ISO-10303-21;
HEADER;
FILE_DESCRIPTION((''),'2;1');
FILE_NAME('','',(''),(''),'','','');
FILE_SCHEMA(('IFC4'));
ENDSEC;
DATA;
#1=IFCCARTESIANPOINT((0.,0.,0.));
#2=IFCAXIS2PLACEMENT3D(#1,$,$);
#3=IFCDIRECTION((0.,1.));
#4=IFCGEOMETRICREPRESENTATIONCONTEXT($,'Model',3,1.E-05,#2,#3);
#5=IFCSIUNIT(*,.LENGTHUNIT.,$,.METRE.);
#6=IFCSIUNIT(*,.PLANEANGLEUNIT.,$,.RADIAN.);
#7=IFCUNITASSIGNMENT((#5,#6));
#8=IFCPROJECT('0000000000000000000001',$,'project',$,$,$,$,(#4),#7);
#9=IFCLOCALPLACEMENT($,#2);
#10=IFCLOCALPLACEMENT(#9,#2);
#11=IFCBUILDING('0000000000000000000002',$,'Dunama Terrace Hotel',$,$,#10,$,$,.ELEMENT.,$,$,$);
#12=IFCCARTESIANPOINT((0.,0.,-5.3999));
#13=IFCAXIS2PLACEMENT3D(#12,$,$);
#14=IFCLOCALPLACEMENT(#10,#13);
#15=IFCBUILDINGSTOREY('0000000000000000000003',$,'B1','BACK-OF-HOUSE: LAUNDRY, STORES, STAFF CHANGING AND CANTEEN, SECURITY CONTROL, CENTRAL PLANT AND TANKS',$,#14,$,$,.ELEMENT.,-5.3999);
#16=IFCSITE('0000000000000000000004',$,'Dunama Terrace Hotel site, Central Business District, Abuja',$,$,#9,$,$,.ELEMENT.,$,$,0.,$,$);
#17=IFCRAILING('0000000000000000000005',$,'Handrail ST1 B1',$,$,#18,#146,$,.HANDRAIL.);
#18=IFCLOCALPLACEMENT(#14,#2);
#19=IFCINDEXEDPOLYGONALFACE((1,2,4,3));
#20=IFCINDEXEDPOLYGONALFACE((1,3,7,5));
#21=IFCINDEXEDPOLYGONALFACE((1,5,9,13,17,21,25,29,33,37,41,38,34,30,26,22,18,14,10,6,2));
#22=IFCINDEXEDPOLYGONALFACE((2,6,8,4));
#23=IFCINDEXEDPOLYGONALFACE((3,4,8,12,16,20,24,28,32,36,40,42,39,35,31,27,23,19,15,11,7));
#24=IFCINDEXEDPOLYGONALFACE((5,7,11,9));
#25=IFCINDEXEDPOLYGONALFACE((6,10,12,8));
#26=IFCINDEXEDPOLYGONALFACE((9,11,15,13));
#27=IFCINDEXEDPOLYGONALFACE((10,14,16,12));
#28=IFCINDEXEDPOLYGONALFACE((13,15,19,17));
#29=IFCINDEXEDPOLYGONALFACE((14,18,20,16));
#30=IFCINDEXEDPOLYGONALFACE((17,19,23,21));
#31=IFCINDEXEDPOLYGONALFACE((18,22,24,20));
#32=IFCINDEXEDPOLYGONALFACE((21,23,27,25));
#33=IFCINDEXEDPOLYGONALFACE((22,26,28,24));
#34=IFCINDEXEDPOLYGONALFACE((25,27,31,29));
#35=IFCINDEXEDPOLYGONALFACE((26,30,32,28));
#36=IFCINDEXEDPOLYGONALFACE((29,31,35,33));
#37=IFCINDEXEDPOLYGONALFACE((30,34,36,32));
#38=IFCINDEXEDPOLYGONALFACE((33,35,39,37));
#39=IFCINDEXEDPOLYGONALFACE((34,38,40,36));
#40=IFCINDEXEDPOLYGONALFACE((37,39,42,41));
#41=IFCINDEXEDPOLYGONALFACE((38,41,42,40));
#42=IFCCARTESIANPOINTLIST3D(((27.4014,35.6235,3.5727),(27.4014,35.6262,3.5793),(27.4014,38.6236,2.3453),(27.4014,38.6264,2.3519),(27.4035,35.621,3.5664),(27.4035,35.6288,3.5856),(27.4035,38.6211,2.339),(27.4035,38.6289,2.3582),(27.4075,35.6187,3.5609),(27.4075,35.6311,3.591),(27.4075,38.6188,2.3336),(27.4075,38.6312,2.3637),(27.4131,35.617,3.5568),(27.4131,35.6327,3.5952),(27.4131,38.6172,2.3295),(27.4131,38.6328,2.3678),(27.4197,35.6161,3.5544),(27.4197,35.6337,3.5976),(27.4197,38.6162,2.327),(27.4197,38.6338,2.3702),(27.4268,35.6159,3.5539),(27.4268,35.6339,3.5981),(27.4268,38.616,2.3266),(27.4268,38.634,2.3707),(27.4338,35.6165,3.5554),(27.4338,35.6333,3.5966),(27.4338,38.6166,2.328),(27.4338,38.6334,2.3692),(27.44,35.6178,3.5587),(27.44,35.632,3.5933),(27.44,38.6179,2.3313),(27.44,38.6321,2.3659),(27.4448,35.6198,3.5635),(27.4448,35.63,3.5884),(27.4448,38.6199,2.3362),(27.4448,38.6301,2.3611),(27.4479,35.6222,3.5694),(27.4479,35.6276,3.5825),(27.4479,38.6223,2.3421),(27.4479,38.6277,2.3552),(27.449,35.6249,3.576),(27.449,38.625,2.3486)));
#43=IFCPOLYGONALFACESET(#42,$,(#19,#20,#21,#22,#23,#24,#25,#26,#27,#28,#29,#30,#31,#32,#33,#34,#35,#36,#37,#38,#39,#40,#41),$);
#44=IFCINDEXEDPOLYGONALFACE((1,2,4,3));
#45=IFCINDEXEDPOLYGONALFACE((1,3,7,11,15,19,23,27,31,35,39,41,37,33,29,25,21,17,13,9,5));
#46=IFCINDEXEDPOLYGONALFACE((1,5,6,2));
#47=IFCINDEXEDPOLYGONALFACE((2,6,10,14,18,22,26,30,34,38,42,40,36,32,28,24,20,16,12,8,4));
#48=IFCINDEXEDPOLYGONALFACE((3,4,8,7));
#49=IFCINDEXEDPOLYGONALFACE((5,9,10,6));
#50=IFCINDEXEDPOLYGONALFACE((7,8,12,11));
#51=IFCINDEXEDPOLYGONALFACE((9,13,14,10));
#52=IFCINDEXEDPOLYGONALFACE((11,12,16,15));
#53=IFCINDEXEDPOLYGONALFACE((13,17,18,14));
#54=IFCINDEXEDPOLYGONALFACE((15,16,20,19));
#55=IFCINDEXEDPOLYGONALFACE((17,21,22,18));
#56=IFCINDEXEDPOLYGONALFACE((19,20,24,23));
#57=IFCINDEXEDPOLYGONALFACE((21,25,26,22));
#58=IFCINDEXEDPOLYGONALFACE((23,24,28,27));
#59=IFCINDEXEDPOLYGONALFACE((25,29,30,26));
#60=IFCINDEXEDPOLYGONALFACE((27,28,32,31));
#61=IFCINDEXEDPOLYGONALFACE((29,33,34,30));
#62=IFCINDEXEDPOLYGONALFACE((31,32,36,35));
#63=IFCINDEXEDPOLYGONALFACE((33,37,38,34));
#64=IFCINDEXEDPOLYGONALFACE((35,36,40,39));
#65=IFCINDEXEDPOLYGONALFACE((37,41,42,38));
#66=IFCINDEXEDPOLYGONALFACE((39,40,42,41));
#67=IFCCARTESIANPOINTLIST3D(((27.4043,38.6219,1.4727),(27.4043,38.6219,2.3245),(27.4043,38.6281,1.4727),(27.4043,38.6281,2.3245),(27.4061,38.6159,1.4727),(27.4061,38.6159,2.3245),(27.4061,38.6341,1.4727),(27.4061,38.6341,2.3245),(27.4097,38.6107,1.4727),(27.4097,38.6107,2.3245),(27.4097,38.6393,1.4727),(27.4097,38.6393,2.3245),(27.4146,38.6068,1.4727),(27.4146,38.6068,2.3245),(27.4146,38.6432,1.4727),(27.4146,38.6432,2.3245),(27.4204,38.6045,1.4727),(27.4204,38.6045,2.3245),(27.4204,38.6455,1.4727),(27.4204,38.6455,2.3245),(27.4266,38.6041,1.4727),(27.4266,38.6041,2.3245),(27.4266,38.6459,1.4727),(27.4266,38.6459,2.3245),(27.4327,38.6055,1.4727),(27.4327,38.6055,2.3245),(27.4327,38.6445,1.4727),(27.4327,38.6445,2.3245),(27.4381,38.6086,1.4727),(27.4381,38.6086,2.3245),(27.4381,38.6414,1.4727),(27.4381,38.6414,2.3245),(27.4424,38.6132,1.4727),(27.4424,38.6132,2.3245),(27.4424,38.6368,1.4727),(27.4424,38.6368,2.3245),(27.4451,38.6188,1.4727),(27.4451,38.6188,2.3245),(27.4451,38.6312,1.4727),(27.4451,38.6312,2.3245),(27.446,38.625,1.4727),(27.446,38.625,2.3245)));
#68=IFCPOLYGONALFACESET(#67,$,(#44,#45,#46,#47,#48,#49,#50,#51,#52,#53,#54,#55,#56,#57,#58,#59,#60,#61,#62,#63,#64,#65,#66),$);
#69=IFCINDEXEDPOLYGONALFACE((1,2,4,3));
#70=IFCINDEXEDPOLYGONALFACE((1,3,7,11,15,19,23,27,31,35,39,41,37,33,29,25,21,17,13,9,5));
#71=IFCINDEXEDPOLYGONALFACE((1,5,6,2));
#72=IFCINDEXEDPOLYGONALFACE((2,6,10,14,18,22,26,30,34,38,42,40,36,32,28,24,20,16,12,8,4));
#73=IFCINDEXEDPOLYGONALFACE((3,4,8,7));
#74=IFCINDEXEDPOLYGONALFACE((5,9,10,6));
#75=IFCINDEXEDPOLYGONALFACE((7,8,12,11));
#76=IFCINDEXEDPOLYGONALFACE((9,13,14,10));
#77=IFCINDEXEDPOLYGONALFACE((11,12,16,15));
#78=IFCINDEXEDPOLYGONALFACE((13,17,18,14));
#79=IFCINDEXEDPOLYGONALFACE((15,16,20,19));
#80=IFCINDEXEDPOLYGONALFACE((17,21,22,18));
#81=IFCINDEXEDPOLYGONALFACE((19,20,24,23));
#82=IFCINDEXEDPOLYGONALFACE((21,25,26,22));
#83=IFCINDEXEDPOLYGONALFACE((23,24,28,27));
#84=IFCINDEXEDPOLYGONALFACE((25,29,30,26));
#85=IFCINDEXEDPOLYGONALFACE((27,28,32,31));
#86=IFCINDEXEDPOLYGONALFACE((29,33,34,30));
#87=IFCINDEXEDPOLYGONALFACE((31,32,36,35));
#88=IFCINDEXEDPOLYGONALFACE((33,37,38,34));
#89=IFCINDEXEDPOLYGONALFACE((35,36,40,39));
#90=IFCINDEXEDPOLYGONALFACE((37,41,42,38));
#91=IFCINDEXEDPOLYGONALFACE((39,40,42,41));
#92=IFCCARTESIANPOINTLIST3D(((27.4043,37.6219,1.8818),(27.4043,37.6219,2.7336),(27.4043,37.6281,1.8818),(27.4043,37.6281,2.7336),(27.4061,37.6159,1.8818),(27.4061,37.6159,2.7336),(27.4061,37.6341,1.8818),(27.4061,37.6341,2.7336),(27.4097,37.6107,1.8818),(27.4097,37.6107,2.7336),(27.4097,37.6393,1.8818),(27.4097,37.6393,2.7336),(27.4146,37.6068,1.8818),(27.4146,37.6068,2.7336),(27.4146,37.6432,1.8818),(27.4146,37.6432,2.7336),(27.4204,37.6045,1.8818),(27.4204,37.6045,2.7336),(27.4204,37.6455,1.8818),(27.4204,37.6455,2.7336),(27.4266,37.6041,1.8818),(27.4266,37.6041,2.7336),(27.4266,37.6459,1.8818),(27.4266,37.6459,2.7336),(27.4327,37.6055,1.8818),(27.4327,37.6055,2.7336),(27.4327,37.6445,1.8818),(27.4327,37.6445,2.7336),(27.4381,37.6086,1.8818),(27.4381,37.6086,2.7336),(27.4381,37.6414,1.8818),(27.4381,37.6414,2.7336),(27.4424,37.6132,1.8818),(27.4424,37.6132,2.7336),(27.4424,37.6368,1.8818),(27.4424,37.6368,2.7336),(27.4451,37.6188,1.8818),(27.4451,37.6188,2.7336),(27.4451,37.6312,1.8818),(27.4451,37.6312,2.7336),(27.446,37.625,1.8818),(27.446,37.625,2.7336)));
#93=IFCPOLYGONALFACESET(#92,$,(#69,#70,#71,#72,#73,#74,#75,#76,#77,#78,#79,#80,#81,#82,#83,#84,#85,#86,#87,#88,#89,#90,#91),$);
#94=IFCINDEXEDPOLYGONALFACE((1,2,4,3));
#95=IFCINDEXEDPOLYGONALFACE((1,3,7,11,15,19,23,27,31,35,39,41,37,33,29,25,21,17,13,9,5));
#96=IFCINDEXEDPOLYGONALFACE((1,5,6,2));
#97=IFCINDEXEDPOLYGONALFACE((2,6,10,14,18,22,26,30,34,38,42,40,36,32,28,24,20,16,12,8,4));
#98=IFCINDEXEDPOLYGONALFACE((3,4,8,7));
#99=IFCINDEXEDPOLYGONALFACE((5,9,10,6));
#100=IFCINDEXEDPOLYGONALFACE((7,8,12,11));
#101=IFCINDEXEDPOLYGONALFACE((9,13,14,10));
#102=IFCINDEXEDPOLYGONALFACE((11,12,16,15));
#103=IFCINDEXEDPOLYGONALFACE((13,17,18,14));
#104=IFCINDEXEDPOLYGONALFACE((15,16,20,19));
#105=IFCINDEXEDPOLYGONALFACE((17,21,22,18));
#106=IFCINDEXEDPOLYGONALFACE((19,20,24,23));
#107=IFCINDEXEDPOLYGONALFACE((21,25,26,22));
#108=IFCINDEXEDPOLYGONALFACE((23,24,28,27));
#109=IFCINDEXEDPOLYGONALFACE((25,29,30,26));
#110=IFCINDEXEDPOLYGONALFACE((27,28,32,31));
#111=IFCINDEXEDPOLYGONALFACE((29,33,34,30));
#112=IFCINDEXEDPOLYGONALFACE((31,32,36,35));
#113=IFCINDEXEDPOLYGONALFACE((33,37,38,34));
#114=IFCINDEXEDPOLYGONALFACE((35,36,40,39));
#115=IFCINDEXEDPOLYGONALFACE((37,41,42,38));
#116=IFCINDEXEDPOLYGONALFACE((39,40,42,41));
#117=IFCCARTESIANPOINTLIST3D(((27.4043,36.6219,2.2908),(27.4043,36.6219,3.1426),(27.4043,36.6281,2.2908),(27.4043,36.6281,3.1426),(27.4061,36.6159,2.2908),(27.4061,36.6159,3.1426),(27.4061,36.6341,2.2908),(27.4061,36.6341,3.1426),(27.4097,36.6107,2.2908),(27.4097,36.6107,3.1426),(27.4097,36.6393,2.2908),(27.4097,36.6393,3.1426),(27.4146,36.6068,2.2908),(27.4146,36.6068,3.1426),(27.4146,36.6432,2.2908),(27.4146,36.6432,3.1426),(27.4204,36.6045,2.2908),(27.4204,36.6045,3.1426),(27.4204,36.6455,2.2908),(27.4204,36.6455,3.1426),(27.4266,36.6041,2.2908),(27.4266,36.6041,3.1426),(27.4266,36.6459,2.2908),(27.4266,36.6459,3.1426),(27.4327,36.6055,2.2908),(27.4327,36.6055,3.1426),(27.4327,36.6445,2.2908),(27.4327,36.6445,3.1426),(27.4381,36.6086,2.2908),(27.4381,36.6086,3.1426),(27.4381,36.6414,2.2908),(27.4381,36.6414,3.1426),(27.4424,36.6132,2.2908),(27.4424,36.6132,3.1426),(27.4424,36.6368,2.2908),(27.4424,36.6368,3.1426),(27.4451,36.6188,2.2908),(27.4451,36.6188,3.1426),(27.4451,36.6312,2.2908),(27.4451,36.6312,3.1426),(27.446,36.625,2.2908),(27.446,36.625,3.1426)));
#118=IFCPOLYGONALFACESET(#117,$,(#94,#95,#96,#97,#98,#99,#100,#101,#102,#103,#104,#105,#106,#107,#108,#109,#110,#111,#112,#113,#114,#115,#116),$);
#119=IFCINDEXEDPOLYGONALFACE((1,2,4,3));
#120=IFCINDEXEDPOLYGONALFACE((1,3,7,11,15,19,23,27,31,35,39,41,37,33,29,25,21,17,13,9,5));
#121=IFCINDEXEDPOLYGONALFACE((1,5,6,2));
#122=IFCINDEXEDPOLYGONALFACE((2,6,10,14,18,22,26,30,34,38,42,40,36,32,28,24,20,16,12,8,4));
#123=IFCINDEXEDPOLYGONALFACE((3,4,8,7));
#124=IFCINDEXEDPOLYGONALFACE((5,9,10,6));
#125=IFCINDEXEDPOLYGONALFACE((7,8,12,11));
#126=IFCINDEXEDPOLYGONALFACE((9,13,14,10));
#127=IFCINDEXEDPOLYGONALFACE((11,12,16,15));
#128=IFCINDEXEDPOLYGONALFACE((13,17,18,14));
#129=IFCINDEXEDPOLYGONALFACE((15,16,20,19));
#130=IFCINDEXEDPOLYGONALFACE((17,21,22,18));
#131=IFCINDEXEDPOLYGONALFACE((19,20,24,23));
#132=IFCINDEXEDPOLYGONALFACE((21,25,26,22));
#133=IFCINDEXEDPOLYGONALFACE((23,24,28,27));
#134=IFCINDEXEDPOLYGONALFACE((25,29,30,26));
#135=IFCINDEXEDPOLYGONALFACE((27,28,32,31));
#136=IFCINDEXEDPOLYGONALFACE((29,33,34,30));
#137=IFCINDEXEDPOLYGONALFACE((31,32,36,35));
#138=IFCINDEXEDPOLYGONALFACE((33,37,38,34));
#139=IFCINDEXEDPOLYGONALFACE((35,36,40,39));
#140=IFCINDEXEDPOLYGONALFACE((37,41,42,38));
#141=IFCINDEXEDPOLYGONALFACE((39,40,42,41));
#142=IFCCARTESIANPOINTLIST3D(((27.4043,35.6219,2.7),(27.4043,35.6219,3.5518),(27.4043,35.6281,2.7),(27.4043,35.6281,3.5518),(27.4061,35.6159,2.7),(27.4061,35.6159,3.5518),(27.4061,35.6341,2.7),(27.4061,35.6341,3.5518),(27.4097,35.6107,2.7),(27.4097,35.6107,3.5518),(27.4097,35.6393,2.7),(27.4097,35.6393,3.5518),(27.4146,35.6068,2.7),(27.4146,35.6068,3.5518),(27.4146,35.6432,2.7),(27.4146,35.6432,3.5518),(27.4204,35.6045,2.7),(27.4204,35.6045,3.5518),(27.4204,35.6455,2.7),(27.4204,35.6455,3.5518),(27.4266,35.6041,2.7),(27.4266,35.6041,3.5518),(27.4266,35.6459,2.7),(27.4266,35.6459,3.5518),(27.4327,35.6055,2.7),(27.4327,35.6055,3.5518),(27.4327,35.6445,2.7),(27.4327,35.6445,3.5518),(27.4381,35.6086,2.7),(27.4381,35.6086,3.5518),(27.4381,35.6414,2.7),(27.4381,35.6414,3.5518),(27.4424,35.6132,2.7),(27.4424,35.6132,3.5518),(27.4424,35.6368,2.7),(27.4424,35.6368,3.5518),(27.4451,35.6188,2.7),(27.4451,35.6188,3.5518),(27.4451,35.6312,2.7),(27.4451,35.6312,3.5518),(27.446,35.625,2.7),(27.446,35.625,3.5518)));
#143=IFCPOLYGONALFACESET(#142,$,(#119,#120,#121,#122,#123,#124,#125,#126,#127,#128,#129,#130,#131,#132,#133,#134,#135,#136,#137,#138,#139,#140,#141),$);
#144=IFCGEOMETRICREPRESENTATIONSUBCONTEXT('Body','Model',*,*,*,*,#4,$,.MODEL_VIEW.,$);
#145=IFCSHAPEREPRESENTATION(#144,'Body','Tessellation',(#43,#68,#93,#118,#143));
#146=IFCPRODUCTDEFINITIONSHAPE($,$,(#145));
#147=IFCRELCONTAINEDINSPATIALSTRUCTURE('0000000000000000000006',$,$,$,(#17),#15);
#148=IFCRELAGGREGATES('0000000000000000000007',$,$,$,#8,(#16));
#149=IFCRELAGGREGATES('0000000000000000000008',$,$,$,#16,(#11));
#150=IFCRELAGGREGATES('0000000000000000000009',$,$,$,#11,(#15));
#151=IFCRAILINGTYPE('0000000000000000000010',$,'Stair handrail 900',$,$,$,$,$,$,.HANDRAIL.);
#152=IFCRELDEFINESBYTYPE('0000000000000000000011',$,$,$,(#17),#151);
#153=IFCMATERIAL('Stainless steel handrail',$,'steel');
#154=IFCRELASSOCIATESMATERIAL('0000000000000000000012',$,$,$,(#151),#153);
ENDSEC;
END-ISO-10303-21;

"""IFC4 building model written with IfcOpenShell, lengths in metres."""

from ifc_helpers import new_model, si_unit, direction, frame, origin, origin_2d, place, context, subcontext, project, spatial, circle, extrude, material, type_object, element, save


model = new_model("IFC4")

# Units and contexts
model_context = context("Model", 3, precision=1e-05, world=origin(), true_north=direction((0.0, 1.0)))
body_context = subcontext(model_context, "Body", "Model", "MODEL_VIEW")
ifc_project = project(units=[si_unit("LENGTHUNIT", "METRE"), si_unit("PLANEANGLEUNIT", "RADIAN")], contexts=[model_context])

# Site, building, storey
site_placement = place(None, origin())
site = spatial("IfcSite", under=ifc_project, at=site_placement, Name="Dunama Terrace Hotel site, Central Business District, Abuja", CompositionType="ELEMENT", RefElevation=0.0)
building_placement = place(site_placement, origin())
building = spatial("IfcBuilding", under=site, at=building_placement, Name="Dunama Terrace Hotel", CompositionType="ELEMENT")
storey_placement = place(building_placement, frame((0.0, 0.0, -5.3999)))
storey = spatial("IfcBuildingStorey", under=building, at=storey_placement, Name="B1", Description="BACK-OF-HOUSE: LAUNDRY, STORES, STAFF CHANGING AND CANTEEN, SECURITY CONTROL, CENTRAL PLANT AND TANKS", CompositionType="ELEMENT", Elevation=-5.3999)

# Railing
ifc_material_1 = material(Name="Stainless steel handrail", Category="steel")
railing_type = type_object("IfcRailingType", Name="Stair handrail 900", PredefinedType="HANDRAIL", material=ifc_material_1)
railing_1_placement = place(storey_placement, frame((27.425, 38.625, 1.4727)))
element("IfcRailing", 1, at=railing_1_placement, inside=storey, type_object=railing_type, Name="Handrail ST1 B1", PredefinedType="HANDRAIL", context=body_context, shape_type="SweptSolid", body=[
    extrude(circle(Radius=0.0239, at=origin_2d()), frame((0.0, 0.0, 0.876), z_axis=(0.0, -0.925545, 0.378639), x_axis=(1.0, 0.0, 0.0)), (0.0, 0.0, 1.0), 3.2415),
    extrude(circle(Radius=0.021, at=origin_2d()), origin(), (0.0, 0.0, 1.0), 0.8518),
    extrude(circle(Radius=0.021, at=origin_2d()), frame((0.0, -1.0, 0.4092)), (0.0, 0.0, 1.0), 0.8518),
    extrude(circle(Radius=0.021, at=origin_2d()), frame((0.0, -2.0, 0.8181)), (0.0, 0.0, 1.0), 0.8518),
    extrude(circle(Radius=0.021, at=origin_2d()), frame((0.0, -3.0, 1.2273)), (0.0, 0.0, 1.0), 0.8518),
])

save(model, "model.ifc")
